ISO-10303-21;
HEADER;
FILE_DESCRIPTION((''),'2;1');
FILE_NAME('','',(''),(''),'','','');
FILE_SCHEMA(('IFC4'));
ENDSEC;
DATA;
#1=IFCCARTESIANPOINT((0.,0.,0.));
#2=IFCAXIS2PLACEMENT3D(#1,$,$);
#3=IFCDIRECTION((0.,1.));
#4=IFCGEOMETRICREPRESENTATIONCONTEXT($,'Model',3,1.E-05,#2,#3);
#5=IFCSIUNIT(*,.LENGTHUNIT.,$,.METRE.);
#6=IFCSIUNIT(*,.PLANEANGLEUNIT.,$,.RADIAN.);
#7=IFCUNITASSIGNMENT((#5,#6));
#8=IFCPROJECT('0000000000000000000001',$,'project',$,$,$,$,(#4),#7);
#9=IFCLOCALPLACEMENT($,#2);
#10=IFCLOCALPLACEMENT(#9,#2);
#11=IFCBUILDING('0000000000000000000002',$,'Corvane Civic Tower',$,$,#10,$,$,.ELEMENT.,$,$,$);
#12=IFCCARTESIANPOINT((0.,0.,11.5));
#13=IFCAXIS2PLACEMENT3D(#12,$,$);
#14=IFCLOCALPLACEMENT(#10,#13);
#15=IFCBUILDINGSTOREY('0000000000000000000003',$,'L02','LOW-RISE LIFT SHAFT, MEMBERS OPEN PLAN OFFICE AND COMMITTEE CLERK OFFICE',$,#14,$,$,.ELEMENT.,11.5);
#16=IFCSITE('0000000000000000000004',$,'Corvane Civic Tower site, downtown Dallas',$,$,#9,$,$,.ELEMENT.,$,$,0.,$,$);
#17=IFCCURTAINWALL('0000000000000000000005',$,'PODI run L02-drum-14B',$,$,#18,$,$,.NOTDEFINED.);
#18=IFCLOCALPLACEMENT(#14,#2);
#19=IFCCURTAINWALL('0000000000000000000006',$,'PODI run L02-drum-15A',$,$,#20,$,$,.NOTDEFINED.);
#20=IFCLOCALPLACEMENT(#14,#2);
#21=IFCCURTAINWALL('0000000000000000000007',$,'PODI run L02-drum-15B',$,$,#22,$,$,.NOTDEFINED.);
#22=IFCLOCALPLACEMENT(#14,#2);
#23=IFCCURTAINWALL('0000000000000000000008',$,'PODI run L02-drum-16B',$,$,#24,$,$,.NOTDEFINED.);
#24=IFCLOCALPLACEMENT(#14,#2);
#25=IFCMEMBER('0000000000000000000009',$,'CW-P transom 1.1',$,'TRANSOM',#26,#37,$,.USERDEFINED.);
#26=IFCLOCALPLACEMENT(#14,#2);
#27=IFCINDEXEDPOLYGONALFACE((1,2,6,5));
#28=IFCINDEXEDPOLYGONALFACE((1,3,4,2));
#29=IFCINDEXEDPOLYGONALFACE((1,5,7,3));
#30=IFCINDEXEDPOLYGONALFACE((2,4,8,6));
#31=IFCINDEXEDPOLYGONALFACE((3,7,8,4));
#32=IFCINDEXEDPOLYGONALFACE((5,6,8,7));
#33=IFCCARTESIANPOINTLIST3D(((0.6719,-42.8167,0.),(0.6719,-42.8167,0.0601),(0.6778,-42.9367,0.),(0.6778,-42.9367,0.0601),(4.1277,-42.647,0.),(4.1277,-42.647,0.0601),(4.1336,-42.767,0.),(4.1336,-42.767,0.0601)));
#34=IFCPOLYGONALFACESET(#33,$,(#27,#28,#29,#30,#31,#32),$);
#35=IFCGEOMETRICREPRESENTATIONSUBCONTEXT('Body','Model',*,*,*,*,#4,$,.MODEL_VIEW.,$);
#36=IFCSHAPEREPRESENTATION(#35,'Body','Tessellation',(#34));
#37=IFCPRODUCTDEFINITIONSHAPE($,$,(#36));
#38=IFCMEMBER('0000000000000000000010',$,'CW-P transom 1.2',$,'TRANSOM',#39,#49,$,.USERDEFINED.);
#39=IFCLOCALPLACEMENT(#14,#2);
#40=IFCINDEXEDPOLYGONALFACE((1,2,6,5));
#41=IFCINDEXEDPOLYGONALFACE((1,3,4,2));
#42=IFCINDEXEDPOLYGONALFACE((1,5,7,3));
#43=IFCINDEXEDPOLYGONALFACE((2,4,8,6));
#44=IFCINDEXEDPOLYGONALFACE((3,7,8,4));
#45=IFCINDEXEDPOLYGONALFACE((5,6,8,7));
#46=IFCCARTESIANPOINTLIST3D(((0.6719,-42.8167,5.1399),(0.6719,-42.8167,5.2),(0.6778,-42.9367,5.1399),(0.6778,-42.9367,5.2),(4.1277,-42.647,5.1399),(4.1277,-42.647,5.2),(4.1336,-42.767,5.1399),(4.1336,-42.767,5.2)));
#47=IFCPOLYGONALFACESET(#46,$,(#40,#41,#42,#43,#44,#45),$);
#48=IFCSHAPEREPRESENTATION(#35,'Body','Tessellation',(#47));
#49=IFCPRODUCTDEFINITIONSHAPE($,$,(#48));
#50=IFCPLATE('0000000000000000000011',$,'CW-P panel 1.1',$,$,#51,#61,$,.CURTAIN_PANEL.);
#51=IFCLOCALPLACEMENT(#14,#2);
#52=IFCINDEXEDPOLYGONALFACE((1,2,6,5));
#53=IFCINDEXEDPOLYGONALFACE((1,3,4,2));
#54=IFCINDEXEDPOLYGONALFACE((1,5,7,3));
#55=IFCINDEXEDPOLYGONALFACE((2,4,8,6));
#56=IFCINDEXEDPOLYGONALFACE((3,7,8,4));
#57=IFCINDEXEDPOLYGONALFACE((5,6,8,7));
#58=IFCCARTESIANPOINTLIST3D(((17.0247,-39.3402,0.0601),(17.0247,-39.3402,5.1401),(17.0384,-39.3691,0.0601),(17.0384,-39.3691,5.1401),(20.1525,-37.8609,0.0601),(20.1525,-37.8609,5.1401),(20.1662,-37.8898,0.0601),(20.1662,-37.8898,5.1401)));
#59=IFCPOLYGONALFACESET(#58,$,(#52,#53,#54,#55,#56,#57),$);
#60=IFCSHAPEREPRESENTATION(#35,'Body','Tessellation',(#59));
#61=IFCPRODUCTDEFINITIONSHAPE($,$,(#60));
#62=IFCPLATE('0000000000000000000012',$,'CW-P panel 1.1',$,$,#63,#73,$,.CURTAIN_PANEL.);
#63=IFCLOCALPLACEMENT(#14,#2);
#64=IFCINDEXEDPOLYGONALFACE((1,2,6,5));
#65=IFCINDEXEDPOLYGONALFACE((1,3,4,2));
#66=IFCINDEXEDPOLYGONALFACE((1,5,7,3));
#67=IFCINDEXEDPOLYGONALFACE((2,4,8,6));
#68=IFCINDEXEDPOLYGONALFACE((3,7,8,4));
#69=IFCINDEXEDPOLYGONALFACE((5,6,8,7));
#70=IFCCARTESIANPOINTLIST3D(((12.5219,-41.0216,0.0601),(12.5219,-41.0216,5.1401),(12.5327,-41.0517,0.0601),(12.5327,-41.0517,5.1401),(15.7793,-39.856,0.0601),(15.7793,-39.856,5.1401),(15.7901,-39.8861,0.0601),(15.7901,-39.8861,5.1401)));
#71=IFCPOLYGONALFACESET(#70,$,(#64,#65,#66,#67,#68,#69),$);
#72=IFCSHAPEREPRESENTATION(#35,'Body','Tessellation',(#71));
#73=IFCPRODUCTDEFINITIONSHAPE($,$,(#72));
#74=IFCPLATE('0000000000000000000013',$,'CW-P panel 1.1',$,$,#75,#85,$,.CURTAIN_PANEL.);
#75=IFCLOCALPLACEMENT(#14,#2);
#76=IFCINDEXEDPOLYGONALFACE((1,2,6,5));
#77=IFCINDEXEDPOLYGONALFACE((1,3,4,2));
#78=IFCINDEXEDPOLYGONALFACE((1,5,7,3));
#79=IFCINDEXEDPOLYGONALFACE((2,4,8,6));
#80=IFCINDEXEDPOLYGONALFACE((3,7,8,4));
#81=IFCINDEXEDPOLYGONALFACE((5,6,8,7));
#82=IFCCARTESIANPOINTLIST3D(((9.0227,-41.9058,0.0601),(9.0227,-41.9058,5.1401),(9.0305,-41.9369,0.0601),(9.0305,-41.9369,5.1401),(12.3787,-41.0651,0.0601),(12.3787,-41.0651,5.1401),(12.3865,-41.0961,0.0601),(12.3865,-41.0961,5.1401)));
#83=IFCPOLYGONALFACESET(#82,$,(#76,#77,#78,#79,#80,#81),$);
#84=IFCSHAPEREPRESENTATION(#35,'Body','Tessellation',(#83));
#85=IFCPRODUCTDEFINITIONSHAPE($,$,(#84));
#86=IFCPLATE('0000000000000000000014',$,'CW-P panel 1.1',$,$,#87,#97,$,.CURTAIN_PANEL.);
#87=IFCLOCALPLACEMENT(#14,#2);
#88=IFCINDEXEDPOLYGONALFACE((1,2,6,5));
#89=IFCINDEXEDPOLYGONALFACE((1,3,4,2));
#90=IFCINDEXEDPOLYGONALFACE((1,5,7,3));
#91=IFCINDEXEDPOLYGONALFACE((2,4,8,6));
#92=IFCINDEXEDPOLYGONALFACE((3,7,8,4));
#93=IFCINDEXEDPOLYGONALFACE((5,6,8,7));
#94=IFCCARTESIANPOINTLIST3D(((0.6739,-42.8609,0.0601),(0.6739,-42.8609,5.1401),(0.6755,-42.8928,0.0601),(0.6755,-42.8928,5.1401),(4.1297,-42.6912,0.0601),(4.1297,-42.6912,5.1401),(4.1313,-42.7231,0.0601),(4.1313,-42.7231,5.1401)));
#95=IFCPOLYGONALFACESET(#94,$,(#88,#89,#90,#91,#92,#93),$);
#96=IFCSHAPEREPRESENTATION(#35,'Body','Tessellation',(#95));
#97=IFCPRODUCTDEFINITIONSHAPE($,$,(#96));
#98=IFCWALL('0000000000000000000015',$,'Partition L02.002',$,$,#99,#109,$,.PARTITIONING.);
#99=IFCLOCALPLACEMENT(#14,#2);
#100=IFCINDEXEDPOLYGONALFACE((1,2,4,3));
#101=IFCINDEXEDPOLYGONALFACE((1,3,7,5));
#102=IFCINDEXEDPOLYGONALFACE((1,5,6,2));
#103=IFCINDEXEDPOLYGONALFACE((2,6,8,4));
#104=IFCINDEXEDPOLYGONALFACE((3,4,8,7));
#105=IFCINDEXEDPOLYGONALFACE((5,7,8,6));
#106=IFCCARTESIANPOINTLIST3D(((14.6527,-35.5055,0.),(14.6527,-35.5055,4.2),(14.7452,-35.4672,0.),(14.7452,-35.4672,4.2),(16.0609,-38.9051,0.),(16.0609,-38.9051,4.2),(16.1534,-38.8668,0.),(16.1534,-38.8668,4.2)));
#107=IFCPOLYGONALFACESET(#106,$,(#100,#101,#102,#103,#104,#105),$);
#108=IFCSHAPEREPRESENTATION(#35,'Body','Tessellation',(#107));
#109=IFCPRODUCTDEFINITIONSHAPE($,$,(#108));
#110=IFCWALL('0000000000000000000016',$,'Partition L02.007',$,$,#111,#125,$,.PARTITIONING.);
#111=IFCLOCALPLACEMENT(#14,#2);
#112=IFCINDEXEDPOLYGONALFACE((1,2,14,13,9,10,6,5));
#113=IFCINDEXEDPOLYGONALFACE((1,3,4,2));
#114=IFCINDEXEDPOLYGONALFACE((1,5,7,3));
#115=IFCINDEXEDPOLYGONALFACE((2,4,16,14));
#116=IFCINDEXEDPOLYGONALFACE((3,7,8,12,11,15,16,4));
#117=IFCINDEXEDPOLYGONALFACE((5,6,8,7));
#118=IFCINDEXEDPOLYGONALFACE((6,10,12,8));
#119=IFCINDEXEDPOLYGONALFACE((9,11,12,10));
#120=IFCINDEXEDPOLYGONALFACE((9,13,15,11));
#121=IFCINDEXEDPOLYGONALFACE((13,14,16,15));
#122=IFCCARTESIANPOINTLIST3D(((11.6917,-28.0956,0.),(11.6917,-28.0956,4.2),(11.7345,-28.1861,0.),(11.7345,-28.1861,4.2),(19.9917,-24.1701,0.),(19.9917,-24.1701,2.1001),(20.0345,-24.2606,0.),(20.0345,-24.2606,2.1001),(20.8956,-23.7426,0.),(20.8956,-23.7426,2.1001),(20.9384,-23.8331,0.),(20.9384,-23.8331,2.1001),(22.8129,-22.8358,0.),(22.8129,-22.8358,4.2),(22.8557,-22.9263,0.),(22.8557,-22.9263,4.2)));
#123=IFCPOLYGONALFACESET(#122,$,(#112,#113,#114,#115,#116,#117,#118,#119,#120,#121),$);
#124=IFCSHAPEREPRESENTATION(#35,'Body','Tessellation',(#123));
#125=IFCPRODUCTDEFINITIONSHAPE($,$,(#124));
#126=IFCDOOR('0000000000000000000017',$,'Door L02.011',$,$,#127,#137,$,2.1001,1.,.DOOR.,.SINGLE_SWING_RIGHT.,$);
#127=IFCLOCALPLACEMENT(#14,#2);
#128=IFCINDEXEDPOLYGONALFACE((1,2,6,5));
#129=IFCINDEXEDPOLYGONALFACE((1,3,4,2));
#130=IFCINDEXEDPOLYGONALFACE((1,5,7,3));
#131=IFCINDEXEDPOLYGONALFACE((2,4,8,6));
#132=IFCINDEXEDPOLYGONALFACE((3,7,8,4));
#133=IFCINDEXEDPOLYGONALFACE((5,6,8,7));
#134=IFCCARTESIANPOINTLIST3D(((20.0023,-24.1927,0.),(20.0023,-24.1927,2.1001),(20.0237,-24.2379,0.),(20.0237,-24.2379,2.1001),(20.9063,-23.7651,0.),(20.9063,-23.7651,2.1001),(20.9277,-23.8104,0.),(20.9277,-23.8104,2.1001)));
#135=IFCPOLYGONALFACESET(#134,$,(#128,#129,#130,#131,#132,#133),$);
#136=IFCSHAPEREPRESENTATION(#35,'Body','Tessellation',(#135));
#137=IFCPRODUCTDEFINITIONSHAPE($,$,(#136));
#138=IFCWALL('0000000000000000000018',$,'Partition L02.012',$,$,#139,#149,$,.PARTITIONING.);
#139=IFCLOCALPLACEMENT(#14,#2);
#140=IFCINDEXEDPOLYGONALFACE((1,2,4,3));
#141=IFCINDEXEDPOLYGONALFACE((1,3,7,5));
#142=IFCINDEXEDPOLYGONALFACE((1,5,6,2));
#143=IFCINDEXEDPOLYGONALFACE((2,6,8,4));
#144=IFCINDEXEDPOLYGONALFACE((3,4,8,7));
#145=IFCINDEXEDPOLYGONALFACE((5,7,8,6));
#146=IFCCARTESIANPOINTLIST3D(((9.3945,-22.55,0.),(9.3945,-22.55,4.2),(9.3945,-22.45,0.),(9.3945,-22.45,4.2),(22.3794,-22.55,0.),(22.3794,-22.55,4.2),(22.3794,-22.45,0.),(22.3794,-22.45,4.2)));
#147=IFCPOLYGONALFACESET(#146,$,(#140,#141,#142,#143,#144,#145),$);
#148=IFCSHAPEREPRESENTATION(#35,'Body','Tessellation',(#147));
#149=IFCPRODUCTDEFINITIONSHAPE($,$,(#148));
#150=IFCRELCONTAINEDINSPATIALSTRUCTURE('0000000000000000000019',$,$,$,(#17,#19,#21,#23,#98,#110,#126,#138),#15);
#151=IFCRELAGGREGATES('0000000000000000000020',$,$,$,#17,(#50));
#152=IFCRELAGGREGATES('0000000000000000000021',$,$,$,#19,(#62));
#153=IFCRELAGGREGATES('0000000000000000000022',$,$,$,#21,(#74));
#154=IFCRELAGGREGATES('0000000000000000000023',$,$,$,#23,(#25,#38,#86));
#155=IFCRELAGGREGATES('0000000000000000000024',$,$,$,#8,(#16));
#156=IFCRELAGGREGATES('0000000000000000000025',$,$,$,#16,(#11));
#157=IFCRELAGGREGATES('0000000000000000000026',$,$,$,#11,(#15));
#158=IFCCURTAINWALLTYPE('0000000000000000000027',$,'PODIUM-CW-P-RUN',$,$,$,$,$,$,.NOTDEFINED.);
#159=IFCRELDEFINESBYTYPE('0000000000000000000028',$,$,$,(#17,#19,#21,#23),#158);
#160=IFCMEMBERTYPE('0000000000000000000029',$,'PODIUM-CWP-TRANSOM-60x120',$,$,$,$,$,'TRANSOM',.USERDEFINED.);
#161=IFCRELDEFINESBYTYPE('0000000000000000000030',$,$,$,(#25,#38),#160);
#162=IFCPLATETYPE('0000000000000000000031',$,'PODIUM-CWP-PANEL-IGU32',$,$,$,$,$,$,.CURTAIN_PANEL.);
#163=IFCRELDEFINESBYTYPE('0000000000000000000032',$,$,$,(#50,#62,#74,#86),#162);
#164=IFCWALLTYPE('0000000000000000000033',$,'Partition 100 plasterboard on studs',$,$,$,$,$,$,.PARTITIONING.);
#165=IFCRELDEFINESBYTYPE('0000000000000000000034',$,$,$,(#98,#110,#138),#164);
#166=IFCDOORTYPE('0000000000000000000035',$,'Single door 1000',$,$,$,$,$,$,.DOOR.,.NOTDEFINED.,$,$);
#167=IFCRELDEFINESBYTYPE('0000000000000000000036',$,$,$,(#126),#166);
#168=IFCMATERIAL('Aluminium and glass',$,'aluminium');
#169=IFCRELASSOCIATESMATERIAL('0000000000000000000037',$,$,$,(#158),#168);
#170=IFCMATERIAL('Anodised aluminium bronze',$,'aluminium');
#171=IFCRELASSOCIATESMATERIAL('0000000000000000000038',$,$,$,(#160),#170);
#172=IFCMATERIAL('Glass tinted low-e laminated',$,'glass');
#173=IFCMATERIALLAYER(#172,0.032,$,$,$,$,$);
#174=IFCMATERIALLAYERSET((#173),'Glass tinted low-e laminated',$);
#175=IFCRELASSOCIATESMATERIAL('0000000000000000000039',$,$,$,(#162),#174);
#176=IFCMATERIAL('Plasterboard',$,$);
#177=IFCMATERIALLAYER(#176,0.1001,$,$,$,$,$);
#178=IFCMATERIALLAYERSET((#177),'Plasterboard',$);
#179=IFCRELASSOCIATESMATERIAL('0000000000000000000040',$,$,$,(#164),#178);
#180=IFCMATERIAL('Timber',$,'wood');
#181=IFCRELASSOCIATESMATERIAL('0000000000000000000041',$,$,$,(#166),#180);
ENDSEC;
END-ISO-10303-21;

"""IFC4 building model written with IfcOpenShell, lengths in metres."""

from ifc_helpers import new_model, si_unit, direction, frame, frame_2d, origin, origin_2d, place, context, subcontext, project, spatial, rectangle, extrude, material, layer, layer_set, material_profile, profile_set, type_object, element, fill, aggregate, save


model = new_model("IFC4")

# Units and contexts
model_context = context("Model", 3, precision=1e-05, world=origin(), true_north=direction((0.0, 1.0)))
body_context = subcontext(model_context, "Body", "Model", "MODEL_VIEW")
ifc_project = project(units=[si_unit("LENGTHUNIT", "METRE"), si_unit("PLANEANGLEUNIT", "RADIAN")], contexts=[model_context])

# Site, building, storey
site_placement = place(None, origin())
site = spatial("IfcSite", under=ifc_project, at=site_placement, Name="Corvane Civic Tower site, downtown Dallas", CompositionType="ELEMENT", RefElevation=0.0)
building_placement = place(site_placement, origin())
building = spatial("IfcBuilding", under=site, at=building_placement, Name="Corvane Civic Tower", CompositionType="ELEMENT")
storey_placement = place(building_placement, frame((0.0, 0.0, 11.5)))
storey = spatial("IfcBuildingStorey", under=building, at=storey_placement, Name="L02", Description="LOW-RISE LIFT SHAFT, MEMBERS OPEN PLAN OFFICE AND COMMITTEE CLERK OFFICE", CompositionType="ELEMENT", Elevation=11.5)

# Curtain walls
ifc_material_1 = material(Name="Aluminium and glass", Category="aluminium")
curtain_wall_type = type_object("IfcCurtainWallType", Name="PODIUM-CW-P-RUN", PredefinedType="NOTDEFINED", material=ifc_material_1)
curtain_wall_1_placement = place(storey_placement, origin())
curtain_wall_1 = element("IfcCurtainWall", 1, at=curtain_wall_1_placement, inside=storey, type_object=curtain_wall_type, Name="PODI run L02-drum-14B", PredefinedType="NOTDEFINED")
curtain_wall_2_placement = place(storey_placement, origin())
curtain_wall_2 = element("IfcCurtainWall", 2, at=curtain_wall_2_placement, inside=storey, type_object=curtain_wall_type, Name="PODI run L02-drum-15A", PredefinedType="NOTDEFINED")
curtain_wall_3_placement = place(storey_placement, origin())
curtain_wall_3 = element("IfcCurtainWall", 3, at=curtain_wall_3_placement, inside=storey, type_object=curtain_wall_type, Name="PODI run L02-drum-15B", PredefinedType="NOTDEFINED")
curtain_wall_4_placement = place(storey_placement, origin())
curtain_wall_4 = element("IfcCurtainWall", 4, at=curtain_wall_4_placement, inside=storey, type_object=curtain_wall_type, Name="PODI run L02-drum-16B", PredefinedType="NOTDEFINED")

# Members
ifc_material_2 = material(Name="Anodised aluminium bronze", Category="aluminium")
ifc_material_profile_1 = material_profile(ifc_material_2, rectangle(XDim=0.1201, YDim=0.0601, at=origin_2d()), Name="AL 120x60")
ifc_profile_set_1 = profile_set([ifc_material_profile_1], Name="Anodised aluminium bronze")
member_type_1 = type_object("IfcMemberType", Name="PODIUM-CWP-TRANSOM-60x120", ElementType="TRANSOM", PredefinedType="USERDEFINED", material=ifc_profile_set_1)
member_1_placement = place(storey_placement, frame((4.1306, -42.707, 0.03), z_axis=(-0.998797, -0.04904, 0.0), x_axis=(0.04904, -0.998797, 0.0)))
member_1 = element("IfcMember", 5, at=member_1_placement, type_object=member_type_1, Name="CW-P transom 1.1", ObjectType="TRANSOM", PredefinedType="USERDEFINED", context=body_context, shape_type="SweptSolid", body=[
    extrude(rectangle(XDim=0.1201, YDim=0.0601, at=origin_2d()), origin(), (0.0, 0.0, 1.0), 3.46),
])
member_2_placement = place(storey_placement, frame((4.1306, -42.707, 5.1699), z_axis=(-0.998797, -0.04904, 0.0), x_axis=(0.04904, -0.998797, 0.0)))
member_2 = element("IfcMember", 6, at=member_2_placement, type_object=member_type_1, Name="CW-P transom 1.2", ObjectType="TRANSOM", PredefinedType="USERDEFINED", context=body_context, shape_type="SweptSolid", body=[
    extrude(rectangle(XDim=0.1201, YDim=0.0601, at=origin_2d()), origin(), (0.0, 0.0, 1.0), 3.46),
])

# Plates
ifc_material_3 = material(Name="Glass tinted low-e laminated", Category="glass")
ifc_layer_1 = layer(ifc_material_3, 0.032)
ifc_layer_set_1 = layer_set([ifc_layer_1], Name="Glass tinted low-e laminated")
plate_type = type_object("IfcPlateType", Name="PODIUM-CWP-PANEL-IGU32", PredefinedType="CURTAIN_PANEL", material=ifc_layer_set_1)
plate_1_placement = place(storey_placement, frame((18.5955, -38.615, 0.0601), z_axis=(0.0, 0.0, 1.0), x_axis=(-0.90399, -0.427553, 0.0)))
plate_1 = element("IfcPlate", 7, at=plate_1_placement, type_object=plate_type, Name="CW-P panel 1.1", PredefinedType="CURTAIN_PANEL", context=body_context, shape_type="SweptSolid", body=[
    extrude(rectangle(XDim=3.46, YDim=0.032, at=origin_2d()), origin(), (0.0, 0.0, 1.0), 5.0801),
])
aggregate(curtain_wall_1, [plate_1])
plate_2_placement = place(storey_placement, frame((14.156, -40.4539, 0.0601), z_axis=(0.0, 0.0, 1.0), x_axis=(-0.941534, -0.336919, 0.0)))
plate_2 = element("IfcPlate", 8, at=plate_2_placement, type_object=plate_type, Name="CW-P panel 1.1", PredefinedType="CURTAIN_PANEL", context=body_context, shape_type="SweptSolid", body=[
    extrude(rectangle(XDim=3.4597, YDim=0.032, at=origin_2d()), origin(), (0.0, 0.0, 1.0), 5.0801),
])
aggregate(curtain_wall_2, [plate_2])
plate_3_placement = place(storey_placement, frame((10.7046, -41.501, 0.0601), z_axis=(0.0, 0.0, 1.0), x_axis=(-0.970024, -0.243009, 0.0)))
plate_3 = element("IfcPlate", 9, at=plate_3_placement, type_object=plate_type, Name="CW-P panel 1.1", PredefinedType="CURTAIN_PANEL", context=body_context, shape_type="SweptSolid", body=[
    extrude(rectangle(XDim=3.4597, YDim=0.032, at=origin_2d()), origin(), (0.0, 0.0, 1.0), 5.0801),
])
aggregate(curtain_wall_3, [plate_3])
plate_4_placement = place(storey_placement, frame((2.4026, -42.792, 0.0601), z_axis=(0.0, 0.0, 1.0), x_axis=(-0.998796, -0.04905, 0.0)))
plate_4 = element("IfcPlate", 10, at=plate_4_placement, type_object=plate_type, Name="CW-P panel 1.1", PredefinedType="CURTAIN_PANEL", context=body_context, shape_type="SweptSolid", body=[
    extrude(rectangle(XDim=3.46, YDim=0.032, at=origin_2d()), origin(), (0.0, 0.0, 1.0), 5.0801),
])
aggregate(curtain_wall_4, [member_1, member_2, plate_4])

# Wall
ifc_material_4 = material(Name="Plasterboard")
ifc_layer_2 = layer(ifc_material_4, 0.1001)
ifc_layer_set_2 = layer_set([ifc_layer_2], Name="Plasterboard")
wall_type_1 = type_object("IfcWallType", Name="Partition 100 plasterboard on studs", PredefinedType="PARTITIONING", material=ifc_layer_set_2)
wall_1_placement = place(storey_placement, frame((14.699, -35.4863, 0.0), z_axis=(0.0, 0.0, 1.0), x_axis=(0.382688, -0.923878, 0.0)))
element("IfcWall", 11, at=wall_1_placement, inside=storey, type_object=wall_type_1, Name="Partition L02.002", PredefinedType="PARTITIONING", context=body_context, shape_type="SweptSolid", body=[
    extrude(rectangle(XDim=3.6797, YDim=0.1001, at=frame_2d((1.8398, 0.0))), origin(), (0.0, 0.0, 1.0), 4.2),
])

# Wall, opening, door
wall_2_placement = place(storey_placement, frame((11.7131, -28.1409, 0.0), z_axis=(0.0, 0.0, 1.0), x_axis=(0.903993, 0.427547, 0.0)))
wall_2 = element("IfcWall", 12, at=wall_2_placement, inside=storey, type_object=wall_type_1, Name="Partition L02.007", PredefinedType="PARTITIONING", context=body_context, shape_type="SweptSolid", body=[
    extrude(rectangle(XDim=12.3022, YDim=0.1001, at=frame_2d((6.1511, 0.0))), origin(), (0.0, 0.0, 1.0), 4.2),
])
opening_1_placement = place(wall_2_placement, frame((9.1814, 0.0, 0.0)))
opening_1 = element("IfcOpeningElement", 13, at=opening_1_placement, cuts=wall_2, PredefinedType="OPENING", context=body_context, shape_type="SweptSolid", body=[
    extrude(rectangle(XDim=1.0, YDim=2.1001, at=frame_2d((0.5, 1.05))), frame((0.0, 0.0601, 0.0), z_axis=(0.0, -1.0, 0.0), x_axis=(1.0, 0.0, 0.0)), (0.0, 0.0, 1.0), 0.1201),
])
ifc_material_5 = material(Name="Timber", Category="wood")
door_type_1 = type_object("IfcDoorType", Name="Single door 1000", OperationType="NOTDEFINED", PredefinedType="DOOR", material=ifc_material_5)
door_1_placement = place(opening_1_placement, frame((1.0, 0.0, 0.0), z_axis=(0.0, 0.0, 1.0), x_axis=(-1.0, 0.0, 0.0)))
door_1 = element("IfcDoor", 14, at=door_1_placement, inside=storey, type_object=door_type_1, Name="Door L02.011", OperationType="SINGLE_SWING_RIGHT", OverallHeight=2.1001, OverallWidth=1.0, PredefinedType="DOOR", context=body_context, shape_type="SweptSolid", body=[
    extrude(rectangle(XDim=1.0, YDim=2.1001, at=frame_2d((0.5, 1.05))), frame((0.0, 0.0249, 0.0), z_axis=(0.0, -1.0, 0.0), x_axis=(1.0, 0.0, 0.0)), (0.0, 0.0, 1.0), 0.05),
])
fill(opening_1, door_1)

# Wall
wall_3_placement = place(storey_placement, frame((9.3945, -22.5, 0.0), z_axis=(0.0, 0.0, 1.0), x_axis=(1.0, 0.0, 0.0)))
element("IfcWall", 15, at=wall_3_placement, inside=storey, type_object=wall_type_1, Name="Partition L02.012", PredefinedType="PARTITIONING", context=body_context, shape_type="SweptSolid", body=[
    extrude(rectangle(XDim=12.9849, YDim=0.1001, at=frame_2d((6.4924, 0.0))), origin(), (0.0, 0.0, 1.0), 4.2),
])

save(model, "model.ifc")
